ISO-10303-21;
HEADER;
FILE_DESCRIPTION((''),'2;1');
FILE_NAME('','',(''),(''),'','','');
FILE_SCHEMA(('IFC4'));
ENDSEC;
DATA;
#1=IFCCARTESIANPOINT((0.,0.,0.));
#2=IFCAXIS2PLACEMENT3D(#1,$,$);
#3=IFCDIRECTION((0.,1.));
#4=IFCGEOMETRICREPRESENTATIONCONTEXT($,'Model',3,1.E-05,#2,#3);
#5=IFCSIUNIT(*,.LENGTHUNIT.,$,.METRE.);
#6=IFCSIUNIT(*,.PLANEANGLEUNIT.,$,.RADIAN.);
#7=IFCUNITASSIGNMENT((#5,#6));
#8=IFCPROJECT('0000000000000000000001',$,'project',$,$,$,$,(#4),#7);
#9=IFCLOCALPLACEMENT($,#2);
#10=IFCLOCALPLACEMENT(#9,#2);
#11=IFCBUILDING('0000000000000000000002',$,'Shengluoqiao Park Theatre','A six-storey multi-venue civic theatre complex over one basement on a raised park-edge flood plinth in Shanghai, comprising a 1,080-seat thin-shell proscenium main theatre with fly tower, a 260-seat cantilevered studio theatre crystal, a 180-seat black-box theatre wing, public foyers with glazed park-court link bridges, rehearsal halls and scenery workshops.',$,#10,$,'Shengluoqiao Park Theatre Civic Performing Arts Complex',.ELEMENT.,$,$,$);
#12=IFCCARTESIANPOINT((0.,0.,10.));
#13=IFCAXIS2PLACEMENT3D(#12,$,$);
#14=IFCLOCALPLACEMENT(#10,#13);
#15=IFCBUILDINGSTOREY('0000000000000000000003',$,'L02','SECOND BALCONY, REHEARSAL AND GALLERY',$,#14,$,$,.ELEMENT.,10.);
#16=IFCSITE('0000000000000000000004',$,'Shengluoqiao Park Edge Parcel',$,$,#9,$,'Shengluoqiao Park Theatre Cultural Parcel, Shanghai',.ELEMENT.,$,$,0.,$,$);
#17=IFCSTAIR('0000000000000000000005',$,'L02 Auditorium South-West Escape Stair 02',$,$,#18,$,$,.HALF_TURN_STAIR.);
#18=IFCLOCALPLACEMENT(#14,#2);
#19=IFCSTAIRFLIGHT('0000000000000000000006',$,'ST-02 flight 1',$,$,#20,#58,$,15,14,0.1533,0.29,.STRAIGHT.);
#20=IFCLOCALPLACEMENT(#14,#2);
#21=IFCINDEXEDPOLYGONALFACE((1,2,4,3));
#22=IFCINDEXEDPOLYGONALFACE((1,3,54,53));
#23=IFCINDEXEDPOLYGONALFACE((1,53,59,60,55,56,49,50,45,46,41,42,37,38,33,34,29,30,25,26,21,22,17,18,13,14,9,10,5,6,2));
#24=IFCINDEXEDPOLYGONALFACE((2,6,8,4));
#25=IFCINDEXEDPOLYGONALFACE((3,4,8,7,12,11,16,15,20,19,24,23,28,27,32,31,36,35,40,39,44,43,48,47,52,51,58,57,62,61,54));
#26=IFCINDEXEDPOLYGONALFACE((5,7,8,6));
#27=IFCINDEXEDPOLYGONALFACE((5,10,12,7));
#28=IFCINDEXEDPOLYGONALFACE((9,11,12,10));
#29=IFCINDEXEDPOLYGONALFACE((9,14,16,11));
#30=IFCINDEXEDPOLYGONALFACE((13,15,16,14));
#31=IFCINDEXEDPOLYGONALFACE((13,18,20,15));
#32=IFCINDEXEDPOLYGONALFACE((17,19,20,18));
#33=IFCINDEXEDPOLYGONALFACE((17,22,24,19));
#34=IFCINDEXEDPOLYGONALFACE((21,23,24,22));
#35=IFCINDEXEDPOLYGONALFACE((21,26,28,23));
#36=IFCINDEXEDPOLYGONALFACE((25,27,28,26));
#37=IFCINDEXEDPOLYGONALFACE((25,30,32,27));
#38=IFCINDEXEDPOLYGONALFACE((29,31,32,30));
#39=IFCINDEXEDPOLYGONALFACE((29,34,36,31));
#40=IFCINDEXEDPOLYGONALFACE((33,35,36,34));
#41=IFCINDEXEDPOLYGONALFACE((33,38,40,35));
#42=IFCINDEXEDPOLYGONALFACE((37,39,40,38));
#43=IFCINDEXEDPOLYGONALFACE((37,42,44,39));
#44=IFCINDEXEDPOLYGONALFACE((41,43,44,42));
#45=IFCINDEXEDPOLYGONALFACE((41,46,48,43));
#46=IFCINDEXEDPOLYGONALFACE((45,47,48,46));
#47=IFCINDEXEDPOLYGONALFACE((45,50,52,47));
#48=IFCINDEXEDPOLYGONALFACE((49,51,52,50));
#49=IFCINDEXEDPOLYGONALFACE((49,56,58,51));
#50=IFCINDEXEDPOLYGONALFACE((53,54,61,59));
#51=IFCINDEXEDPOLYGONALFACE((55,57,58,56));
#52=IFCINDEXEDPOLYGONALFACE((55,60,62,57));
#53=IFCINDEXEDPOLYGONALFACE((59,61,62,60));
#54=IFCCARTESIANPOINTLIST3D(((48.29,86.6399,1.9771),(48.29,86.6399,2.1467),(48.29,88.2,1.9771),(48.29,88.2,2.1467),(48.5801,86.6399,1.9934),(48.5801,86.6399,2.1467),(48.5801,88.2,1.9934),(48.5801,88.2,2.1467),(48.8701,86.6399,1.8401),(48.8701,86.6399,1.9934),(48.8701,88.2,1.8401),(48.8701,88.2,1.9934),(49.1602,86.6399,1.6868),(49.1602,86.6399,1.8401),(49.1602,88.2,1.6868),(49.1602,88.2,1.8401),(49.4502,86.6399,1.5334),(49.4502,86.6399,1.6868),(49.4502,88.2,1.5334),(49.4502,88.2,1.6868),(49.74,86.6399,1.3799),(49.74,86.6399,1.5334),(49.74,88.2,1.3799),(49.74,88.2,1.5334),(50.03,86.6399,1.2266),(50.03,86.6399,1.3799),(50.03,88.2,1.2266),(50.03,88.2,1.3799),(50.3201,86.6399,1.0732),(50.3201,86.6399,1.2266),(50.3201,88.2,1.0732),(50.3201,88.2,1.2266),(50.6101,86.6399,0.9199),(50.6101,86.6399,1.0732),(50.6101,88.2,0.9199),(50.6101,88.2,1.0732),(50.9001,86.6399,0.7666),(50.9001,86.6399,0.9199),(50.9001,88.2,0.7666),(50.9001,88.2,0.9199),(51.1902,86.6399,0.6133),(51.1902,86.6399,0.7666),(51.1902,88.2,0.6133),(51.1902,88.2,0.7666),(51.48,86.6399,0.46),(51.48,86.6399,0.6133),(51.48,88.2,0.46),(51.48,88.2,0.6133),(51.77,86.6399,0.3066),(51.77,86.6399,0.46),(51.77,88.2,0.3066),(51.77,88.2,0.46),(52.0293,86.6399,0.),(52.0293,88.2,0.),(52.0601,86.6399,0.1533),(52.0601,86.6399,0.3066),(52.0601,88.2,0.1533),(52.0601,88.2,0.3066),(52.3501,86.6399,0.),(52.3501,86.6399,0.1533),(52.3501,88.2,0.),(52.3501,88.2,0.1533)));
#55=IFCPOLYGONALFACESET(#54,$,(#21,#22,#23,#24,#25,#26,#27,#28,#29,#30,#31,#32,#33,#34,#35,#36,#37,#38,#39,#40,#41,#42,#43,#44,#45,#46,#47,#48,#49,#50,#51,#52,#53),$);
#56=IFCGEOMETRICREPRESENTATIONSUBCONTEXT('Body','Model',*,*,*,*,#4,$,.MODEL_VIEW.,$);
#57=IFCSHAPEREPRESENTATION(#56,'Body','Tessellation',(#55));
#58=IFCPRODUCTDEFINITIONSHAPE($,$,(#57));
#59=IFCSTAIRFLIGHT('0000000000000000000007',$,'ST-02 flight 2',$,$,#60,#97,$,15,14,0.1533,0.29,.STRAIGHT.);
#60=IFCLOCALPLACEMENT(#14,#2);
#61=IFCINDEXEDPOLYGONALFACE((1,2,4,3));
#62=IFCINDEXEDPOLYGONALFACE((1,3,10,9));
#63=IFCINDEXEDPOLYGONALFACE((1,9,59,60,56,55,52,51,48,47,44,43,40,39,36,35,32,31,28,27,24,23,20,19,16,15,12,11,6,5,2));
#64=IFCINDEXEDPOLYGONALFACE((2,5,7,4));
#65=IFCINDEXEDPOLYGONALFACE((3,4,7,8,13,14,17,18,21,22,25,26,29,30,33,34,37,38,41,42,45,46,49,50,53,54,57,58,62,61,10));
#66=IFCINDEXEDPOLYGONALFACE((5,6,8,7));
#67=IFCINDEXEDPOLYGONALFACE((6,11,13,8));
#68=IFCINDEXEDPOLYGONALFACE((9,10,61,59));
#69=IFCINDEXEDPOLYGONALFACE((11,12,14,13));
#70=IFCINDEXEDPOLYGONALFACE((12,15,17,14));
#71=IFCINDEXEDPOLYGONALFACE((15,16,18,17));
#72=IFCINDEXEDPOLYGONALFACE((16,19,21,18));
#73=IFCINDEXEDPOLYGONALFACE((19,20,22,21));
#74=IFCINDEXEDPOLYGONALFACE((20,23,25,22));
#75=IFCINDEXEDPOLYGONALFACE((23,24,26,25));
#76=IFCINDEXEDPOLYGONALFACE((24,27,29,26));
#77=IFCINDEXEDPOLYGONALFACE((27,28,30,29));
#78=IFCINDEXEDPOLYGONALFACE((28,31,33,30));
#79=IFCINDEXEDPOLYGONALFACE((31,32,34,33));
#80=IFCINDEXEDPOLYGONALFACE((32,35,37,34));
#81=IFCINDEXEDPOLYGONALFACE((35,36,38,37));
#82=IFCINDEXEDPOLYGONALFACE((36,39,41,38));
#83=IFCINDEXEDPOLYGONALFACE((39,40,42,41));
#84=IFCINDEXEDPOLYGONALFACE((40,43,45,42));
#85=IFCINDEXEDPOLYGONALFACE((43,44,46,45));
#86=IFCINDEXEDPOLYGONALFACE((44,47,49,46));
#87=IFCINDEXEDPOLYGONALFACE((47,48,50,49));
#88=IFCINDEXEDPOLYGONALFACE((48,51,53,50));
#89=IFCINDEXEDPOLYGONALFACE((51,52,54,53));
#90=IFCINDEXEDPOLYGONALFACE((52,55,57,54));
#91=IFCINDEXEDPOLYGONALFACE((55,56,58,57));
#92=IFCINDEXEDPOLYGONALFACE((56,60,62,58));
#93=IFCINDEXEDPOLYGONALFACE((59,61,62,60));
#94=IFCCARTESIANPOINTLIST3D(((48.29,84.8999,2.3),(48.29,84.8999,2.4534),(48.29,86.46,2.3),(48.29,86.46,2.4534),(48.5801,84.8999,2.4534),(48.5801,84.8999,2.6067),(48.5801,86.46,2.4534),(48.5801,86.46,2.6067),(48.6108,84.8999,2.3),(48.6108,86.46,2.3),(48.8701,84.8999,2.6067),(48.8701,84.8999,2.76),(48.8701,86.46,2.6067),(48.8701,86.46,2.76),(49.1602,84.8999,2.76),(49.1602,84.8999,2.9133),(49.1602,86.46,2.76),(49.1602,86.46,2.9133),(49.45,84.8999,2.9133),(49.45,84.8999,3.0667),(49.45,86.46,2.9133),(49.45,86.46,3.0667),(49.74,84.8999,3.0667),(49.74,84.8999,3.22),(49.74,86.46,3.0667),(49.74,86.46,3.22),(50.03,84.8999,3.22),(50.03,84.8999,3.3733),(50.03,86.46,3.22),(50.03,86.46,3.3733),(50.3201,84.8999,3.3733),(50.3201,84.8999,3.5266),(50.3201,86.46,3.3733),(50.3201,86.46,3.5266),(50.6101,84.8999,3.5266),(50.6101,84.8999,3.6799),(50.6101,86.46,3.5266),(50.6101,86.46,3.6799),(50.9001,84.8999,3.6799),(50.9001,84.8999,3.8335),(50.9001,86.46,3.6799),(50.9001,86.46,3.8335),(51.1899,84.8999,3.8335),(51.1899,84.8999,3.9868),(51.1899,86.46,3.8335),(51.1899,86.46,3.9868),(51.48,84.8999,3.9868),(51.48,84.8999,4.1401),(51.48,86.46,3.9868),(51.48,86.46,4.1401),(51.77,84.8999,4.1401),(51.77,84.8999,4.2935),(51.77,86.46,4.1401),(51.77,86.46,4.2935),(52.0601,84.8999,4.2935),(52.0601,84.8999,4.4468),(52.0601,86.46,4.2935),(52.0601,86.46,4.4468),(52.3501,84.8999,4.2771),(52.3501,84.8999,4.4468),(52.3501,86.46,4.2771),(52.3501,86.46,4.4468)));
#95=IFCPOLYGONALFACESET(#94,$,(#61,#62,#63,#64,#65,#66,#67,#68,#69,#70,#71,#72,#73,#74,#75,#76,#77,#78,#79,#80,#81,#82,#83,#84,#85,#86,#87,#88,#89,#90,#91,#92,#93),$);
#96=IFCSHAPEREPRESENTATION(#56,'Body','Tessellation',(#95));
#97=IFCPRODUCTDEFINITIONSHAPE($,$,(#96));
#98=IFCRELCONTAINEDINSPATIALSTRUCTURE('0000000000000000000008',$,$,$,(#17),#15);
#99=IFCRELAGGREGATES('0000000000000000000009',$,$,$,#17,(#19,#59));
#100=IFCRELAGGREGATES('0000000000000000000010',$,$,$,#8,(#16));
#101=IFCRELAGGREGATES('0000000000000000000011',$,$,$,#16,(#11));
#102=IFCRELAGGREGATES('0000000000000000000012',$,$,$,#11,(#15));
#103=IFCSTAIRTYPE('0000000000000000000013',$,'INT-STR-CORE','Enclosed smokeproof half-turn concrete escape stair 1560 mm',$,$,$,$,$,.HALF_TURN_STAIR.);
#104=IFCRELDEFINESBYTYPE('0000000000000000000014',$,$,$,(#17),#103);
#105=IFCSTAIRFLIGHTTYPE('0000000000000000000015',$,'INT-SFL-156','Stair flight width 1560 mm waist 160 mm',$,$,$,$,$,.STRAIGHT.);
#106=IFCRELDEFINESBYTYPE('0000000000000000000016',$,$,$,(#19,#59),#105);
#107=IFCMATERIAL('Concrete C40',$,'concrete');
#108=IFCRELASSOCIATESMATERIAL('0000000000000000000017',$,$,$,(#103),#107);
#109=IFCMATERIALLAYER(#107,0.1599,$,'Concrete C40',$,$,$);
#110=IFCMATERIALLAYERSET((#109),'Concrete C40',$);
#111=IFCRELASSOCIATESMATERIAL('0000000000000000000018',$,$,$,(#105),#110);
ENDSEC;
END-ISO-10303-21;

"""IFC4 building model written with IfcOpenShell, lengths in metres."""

from ifc_helpers import new_model, si_unit, direction, frame, origin, place, context, subcontext, project, spatial, polyline, outline, extrude, material, layer, layer_set, type_object, element, aggregate, save


model = new_model("IFC4")

# Units and contexts
model_context = context("Model", 3, precision=1e-05, world=origin(), true_north=direction((0.0, 1.0)))
body_context = subcontext(model_context, "Body", "Model", "MODEL_VIEW")
ifc_project = project(units=[si_unit("LENGTHUNIT", "METRE"), si_unit("PLANEANGLEUNIT", "RADIAN")], contexts=[model_context])

# Site, building, storey
site_placement = place(None, origin())
site = spatial("IfcSite", under=ifc_project, at=site_placement, Name="Shengluoqiao Park Edge Parcel", LongName="Shengluoqiao Park Theatre Cultural Parcel, Shanghai", CompositionType="ELEMENT", RefElevation=0.0)
building_placement = place(site_placement, origin())
building = spatial("IfcBuilding", under=site, at=building_placement, Name="Shengluoqiao Park Theatre", Description="A six-storey multi-venue civic theatre complex over one basement on a raised park-edge flood plinth in Shanghai, comprising a 1,080-seat thin-shell proscenium main theatre with fly tower, a 260-seat cantilevered studio theatre crystal, a 180-seat black-box theatre wing, public foyers with glazed park-court link bridges, rehearsal halls and scenery workshops.", LongName="Shengluoqiao Park Theatre Civic Performing Arts Complex", CompositionType="ELEMENT")
storey_placement = place(building_placement, frame((0.0, 0.0, 10.0)))
storey = spatial("IfcBuildingStorey", under=building, at=storey_placement, Name="L02", Description="SECOND BALCONY, REHEARSAL AND GALLERY", CompositionType="ELEMENT", Elevation=10.0)

# Shared definitions
ifc_material_1 = material(Name="Concrete C40", Category="concrete")

# Stair, stair flights
stair_type = type_object("IfcStairType", Name="INT-STR-CORE", Description="Enclosed smokeproof half-turn concrete escape stair 1560 mm", PredefinedType="HALF_TURN_STAIR", material=ifc_material_1)
stair_placement = place(storey_placement, origin())
stair = element("IfcStair", 1, at=stair_placement, inside=storey, type_object=stair_type, Name="L02 Auditorium South-West Escape Stair 02", PredefinedType="HALF_TURN_STAIR")
ifc_layer_1 = layer(ifc_material_1, 0.1599, Name="Concrete C40")
ifc_layer_set_1 = layer_set([ifc_layer_1], Name="Concrete C40")
stair_flight_type = type_object("IfcStairFlightType", Name="INT-SFL-156", Description="Stair flight width 1560 mm waist 160 mm", PredefinedType="STRAIGHT", material=ifc_layer_set_1)
stair_flight_1_placement = place(storey_placement, frame((52.3501, 87.4199, 0.0), z_axis=(0.0, 0.0, 1.0), x_axis=(-1.0, 0.0, 0.0)))
stair_flight_1 = element("IfcStairFlight", 2, at=stair_flight_1_placement, type_object=stair_flight_type, Name="ST-02 flight 1", NumberOfRisers=15, NumberOfTreads=14, PredefinedType="STRAIGHT", RiserHeight=0.1533, TreadLength=0.29, context=body_context, shape_type="SweptSolid", body=[
    extrude(outline(polyline([(0.0, 0.0), (0.0, 0.1533), (0.29, 0.1533), (0.29, 0.3066), (0.5801, 0.3066), (0.5801, 0.46), (0.8701, 0.46), (0.8701, 0.6133), (1.1599, 0.6133), (1.1599, 0.7666), (1.45, 0.7666), (1.45, 0.9199), (1.74, 0.9199), (1.74, 1.0732), (2.03, 1.0732), (2.03, 1.2266), (2.3201, 1.2266), (2.3201, 1.3799), (2.6101, 1.3799), (2.6101, 1.5334), (2.8999, 1.5334), (2.8999, 1.6868), (3.1899, 1.6868), (3.1899, 1.8401), (3.48, 1.8401), (3.48, 1.9934), (3.77, 1.9934), (3.77, 2.1467), (4.0601, 2.1467), (4.0601, 2.3), (4.0601, 1.9771), (0.3208, 0.0), (0.0, 0.0)])), frame((0.0, 0.78, 0.0), z_axis=(0.0, -1.0, 0.0), x_axis=(1.0, 0.0, 0.0)), (0.0, 0.0, 1.0), 1.5601),
])
stair_flight_2_placement = place(storey_placement, frame((48.29, 85.6799, 2.3), z_axis=(0.0, 0.0, 1.0), x_axis=(1.0, 0.0, 0.0)))
stair_flight_2 = element("IfcStairFlight", 3, at=stair_flight_2_placement, type_object=stair_flight_type, Name="ST-02 flight 2", NumberOfRisers=15, NumberOfTreads=14, PredefinedType="STRAIGHT", RiserHeight=0.1533, TreadLength=0.29, context=body_context, shape_type="SweptSolid", body=[
    extrude(outline(polyline([(0.0, 0.0), (0.0, 0.1533), (0.29, 0.1533), (0.29, 0.3066), (0.5801, 0.3066), (0.5801, 0.46), (0.8701, 0.46), (0.8701, 0.6133), (1.1599, 0.6133), (1.1599, 0.7666), (1.45, 0.7666), (1.45, 0.9199), (1.74, 0.9199), (1.74, 1.0732), (2.03, 1.0732), (2.03, 1.2266), (2.3201, 1.2266), (2.3201, 1.3799), (2.6101, 1.3799), (2.6101, 1.5334), (2.8999, 1.5334), (2.8999, 1.6868), (3.1899, 1.6868), (3.1899, 1.8401), (3.48, 1.8401), (3.48, 1.9934), (3.77, 1.9934), (3.77, 2.1467), (4.0601, 2.1467), (4.0601, 2.3), (4.0601, 1.9771), (0.3208, 0.0), (0.0, 0.0)])), frame((0.0, 0.78, 0.0), z_axis=(0.0, -1.0, 0.0), x_axis=(1.0, 0.0, 0.0)), (0.0, 0.0, 1.0), 1.5601),
])
aggregate(stair, [stair_flight_1, stair_flight_2])

save(model, "model.ifc")
